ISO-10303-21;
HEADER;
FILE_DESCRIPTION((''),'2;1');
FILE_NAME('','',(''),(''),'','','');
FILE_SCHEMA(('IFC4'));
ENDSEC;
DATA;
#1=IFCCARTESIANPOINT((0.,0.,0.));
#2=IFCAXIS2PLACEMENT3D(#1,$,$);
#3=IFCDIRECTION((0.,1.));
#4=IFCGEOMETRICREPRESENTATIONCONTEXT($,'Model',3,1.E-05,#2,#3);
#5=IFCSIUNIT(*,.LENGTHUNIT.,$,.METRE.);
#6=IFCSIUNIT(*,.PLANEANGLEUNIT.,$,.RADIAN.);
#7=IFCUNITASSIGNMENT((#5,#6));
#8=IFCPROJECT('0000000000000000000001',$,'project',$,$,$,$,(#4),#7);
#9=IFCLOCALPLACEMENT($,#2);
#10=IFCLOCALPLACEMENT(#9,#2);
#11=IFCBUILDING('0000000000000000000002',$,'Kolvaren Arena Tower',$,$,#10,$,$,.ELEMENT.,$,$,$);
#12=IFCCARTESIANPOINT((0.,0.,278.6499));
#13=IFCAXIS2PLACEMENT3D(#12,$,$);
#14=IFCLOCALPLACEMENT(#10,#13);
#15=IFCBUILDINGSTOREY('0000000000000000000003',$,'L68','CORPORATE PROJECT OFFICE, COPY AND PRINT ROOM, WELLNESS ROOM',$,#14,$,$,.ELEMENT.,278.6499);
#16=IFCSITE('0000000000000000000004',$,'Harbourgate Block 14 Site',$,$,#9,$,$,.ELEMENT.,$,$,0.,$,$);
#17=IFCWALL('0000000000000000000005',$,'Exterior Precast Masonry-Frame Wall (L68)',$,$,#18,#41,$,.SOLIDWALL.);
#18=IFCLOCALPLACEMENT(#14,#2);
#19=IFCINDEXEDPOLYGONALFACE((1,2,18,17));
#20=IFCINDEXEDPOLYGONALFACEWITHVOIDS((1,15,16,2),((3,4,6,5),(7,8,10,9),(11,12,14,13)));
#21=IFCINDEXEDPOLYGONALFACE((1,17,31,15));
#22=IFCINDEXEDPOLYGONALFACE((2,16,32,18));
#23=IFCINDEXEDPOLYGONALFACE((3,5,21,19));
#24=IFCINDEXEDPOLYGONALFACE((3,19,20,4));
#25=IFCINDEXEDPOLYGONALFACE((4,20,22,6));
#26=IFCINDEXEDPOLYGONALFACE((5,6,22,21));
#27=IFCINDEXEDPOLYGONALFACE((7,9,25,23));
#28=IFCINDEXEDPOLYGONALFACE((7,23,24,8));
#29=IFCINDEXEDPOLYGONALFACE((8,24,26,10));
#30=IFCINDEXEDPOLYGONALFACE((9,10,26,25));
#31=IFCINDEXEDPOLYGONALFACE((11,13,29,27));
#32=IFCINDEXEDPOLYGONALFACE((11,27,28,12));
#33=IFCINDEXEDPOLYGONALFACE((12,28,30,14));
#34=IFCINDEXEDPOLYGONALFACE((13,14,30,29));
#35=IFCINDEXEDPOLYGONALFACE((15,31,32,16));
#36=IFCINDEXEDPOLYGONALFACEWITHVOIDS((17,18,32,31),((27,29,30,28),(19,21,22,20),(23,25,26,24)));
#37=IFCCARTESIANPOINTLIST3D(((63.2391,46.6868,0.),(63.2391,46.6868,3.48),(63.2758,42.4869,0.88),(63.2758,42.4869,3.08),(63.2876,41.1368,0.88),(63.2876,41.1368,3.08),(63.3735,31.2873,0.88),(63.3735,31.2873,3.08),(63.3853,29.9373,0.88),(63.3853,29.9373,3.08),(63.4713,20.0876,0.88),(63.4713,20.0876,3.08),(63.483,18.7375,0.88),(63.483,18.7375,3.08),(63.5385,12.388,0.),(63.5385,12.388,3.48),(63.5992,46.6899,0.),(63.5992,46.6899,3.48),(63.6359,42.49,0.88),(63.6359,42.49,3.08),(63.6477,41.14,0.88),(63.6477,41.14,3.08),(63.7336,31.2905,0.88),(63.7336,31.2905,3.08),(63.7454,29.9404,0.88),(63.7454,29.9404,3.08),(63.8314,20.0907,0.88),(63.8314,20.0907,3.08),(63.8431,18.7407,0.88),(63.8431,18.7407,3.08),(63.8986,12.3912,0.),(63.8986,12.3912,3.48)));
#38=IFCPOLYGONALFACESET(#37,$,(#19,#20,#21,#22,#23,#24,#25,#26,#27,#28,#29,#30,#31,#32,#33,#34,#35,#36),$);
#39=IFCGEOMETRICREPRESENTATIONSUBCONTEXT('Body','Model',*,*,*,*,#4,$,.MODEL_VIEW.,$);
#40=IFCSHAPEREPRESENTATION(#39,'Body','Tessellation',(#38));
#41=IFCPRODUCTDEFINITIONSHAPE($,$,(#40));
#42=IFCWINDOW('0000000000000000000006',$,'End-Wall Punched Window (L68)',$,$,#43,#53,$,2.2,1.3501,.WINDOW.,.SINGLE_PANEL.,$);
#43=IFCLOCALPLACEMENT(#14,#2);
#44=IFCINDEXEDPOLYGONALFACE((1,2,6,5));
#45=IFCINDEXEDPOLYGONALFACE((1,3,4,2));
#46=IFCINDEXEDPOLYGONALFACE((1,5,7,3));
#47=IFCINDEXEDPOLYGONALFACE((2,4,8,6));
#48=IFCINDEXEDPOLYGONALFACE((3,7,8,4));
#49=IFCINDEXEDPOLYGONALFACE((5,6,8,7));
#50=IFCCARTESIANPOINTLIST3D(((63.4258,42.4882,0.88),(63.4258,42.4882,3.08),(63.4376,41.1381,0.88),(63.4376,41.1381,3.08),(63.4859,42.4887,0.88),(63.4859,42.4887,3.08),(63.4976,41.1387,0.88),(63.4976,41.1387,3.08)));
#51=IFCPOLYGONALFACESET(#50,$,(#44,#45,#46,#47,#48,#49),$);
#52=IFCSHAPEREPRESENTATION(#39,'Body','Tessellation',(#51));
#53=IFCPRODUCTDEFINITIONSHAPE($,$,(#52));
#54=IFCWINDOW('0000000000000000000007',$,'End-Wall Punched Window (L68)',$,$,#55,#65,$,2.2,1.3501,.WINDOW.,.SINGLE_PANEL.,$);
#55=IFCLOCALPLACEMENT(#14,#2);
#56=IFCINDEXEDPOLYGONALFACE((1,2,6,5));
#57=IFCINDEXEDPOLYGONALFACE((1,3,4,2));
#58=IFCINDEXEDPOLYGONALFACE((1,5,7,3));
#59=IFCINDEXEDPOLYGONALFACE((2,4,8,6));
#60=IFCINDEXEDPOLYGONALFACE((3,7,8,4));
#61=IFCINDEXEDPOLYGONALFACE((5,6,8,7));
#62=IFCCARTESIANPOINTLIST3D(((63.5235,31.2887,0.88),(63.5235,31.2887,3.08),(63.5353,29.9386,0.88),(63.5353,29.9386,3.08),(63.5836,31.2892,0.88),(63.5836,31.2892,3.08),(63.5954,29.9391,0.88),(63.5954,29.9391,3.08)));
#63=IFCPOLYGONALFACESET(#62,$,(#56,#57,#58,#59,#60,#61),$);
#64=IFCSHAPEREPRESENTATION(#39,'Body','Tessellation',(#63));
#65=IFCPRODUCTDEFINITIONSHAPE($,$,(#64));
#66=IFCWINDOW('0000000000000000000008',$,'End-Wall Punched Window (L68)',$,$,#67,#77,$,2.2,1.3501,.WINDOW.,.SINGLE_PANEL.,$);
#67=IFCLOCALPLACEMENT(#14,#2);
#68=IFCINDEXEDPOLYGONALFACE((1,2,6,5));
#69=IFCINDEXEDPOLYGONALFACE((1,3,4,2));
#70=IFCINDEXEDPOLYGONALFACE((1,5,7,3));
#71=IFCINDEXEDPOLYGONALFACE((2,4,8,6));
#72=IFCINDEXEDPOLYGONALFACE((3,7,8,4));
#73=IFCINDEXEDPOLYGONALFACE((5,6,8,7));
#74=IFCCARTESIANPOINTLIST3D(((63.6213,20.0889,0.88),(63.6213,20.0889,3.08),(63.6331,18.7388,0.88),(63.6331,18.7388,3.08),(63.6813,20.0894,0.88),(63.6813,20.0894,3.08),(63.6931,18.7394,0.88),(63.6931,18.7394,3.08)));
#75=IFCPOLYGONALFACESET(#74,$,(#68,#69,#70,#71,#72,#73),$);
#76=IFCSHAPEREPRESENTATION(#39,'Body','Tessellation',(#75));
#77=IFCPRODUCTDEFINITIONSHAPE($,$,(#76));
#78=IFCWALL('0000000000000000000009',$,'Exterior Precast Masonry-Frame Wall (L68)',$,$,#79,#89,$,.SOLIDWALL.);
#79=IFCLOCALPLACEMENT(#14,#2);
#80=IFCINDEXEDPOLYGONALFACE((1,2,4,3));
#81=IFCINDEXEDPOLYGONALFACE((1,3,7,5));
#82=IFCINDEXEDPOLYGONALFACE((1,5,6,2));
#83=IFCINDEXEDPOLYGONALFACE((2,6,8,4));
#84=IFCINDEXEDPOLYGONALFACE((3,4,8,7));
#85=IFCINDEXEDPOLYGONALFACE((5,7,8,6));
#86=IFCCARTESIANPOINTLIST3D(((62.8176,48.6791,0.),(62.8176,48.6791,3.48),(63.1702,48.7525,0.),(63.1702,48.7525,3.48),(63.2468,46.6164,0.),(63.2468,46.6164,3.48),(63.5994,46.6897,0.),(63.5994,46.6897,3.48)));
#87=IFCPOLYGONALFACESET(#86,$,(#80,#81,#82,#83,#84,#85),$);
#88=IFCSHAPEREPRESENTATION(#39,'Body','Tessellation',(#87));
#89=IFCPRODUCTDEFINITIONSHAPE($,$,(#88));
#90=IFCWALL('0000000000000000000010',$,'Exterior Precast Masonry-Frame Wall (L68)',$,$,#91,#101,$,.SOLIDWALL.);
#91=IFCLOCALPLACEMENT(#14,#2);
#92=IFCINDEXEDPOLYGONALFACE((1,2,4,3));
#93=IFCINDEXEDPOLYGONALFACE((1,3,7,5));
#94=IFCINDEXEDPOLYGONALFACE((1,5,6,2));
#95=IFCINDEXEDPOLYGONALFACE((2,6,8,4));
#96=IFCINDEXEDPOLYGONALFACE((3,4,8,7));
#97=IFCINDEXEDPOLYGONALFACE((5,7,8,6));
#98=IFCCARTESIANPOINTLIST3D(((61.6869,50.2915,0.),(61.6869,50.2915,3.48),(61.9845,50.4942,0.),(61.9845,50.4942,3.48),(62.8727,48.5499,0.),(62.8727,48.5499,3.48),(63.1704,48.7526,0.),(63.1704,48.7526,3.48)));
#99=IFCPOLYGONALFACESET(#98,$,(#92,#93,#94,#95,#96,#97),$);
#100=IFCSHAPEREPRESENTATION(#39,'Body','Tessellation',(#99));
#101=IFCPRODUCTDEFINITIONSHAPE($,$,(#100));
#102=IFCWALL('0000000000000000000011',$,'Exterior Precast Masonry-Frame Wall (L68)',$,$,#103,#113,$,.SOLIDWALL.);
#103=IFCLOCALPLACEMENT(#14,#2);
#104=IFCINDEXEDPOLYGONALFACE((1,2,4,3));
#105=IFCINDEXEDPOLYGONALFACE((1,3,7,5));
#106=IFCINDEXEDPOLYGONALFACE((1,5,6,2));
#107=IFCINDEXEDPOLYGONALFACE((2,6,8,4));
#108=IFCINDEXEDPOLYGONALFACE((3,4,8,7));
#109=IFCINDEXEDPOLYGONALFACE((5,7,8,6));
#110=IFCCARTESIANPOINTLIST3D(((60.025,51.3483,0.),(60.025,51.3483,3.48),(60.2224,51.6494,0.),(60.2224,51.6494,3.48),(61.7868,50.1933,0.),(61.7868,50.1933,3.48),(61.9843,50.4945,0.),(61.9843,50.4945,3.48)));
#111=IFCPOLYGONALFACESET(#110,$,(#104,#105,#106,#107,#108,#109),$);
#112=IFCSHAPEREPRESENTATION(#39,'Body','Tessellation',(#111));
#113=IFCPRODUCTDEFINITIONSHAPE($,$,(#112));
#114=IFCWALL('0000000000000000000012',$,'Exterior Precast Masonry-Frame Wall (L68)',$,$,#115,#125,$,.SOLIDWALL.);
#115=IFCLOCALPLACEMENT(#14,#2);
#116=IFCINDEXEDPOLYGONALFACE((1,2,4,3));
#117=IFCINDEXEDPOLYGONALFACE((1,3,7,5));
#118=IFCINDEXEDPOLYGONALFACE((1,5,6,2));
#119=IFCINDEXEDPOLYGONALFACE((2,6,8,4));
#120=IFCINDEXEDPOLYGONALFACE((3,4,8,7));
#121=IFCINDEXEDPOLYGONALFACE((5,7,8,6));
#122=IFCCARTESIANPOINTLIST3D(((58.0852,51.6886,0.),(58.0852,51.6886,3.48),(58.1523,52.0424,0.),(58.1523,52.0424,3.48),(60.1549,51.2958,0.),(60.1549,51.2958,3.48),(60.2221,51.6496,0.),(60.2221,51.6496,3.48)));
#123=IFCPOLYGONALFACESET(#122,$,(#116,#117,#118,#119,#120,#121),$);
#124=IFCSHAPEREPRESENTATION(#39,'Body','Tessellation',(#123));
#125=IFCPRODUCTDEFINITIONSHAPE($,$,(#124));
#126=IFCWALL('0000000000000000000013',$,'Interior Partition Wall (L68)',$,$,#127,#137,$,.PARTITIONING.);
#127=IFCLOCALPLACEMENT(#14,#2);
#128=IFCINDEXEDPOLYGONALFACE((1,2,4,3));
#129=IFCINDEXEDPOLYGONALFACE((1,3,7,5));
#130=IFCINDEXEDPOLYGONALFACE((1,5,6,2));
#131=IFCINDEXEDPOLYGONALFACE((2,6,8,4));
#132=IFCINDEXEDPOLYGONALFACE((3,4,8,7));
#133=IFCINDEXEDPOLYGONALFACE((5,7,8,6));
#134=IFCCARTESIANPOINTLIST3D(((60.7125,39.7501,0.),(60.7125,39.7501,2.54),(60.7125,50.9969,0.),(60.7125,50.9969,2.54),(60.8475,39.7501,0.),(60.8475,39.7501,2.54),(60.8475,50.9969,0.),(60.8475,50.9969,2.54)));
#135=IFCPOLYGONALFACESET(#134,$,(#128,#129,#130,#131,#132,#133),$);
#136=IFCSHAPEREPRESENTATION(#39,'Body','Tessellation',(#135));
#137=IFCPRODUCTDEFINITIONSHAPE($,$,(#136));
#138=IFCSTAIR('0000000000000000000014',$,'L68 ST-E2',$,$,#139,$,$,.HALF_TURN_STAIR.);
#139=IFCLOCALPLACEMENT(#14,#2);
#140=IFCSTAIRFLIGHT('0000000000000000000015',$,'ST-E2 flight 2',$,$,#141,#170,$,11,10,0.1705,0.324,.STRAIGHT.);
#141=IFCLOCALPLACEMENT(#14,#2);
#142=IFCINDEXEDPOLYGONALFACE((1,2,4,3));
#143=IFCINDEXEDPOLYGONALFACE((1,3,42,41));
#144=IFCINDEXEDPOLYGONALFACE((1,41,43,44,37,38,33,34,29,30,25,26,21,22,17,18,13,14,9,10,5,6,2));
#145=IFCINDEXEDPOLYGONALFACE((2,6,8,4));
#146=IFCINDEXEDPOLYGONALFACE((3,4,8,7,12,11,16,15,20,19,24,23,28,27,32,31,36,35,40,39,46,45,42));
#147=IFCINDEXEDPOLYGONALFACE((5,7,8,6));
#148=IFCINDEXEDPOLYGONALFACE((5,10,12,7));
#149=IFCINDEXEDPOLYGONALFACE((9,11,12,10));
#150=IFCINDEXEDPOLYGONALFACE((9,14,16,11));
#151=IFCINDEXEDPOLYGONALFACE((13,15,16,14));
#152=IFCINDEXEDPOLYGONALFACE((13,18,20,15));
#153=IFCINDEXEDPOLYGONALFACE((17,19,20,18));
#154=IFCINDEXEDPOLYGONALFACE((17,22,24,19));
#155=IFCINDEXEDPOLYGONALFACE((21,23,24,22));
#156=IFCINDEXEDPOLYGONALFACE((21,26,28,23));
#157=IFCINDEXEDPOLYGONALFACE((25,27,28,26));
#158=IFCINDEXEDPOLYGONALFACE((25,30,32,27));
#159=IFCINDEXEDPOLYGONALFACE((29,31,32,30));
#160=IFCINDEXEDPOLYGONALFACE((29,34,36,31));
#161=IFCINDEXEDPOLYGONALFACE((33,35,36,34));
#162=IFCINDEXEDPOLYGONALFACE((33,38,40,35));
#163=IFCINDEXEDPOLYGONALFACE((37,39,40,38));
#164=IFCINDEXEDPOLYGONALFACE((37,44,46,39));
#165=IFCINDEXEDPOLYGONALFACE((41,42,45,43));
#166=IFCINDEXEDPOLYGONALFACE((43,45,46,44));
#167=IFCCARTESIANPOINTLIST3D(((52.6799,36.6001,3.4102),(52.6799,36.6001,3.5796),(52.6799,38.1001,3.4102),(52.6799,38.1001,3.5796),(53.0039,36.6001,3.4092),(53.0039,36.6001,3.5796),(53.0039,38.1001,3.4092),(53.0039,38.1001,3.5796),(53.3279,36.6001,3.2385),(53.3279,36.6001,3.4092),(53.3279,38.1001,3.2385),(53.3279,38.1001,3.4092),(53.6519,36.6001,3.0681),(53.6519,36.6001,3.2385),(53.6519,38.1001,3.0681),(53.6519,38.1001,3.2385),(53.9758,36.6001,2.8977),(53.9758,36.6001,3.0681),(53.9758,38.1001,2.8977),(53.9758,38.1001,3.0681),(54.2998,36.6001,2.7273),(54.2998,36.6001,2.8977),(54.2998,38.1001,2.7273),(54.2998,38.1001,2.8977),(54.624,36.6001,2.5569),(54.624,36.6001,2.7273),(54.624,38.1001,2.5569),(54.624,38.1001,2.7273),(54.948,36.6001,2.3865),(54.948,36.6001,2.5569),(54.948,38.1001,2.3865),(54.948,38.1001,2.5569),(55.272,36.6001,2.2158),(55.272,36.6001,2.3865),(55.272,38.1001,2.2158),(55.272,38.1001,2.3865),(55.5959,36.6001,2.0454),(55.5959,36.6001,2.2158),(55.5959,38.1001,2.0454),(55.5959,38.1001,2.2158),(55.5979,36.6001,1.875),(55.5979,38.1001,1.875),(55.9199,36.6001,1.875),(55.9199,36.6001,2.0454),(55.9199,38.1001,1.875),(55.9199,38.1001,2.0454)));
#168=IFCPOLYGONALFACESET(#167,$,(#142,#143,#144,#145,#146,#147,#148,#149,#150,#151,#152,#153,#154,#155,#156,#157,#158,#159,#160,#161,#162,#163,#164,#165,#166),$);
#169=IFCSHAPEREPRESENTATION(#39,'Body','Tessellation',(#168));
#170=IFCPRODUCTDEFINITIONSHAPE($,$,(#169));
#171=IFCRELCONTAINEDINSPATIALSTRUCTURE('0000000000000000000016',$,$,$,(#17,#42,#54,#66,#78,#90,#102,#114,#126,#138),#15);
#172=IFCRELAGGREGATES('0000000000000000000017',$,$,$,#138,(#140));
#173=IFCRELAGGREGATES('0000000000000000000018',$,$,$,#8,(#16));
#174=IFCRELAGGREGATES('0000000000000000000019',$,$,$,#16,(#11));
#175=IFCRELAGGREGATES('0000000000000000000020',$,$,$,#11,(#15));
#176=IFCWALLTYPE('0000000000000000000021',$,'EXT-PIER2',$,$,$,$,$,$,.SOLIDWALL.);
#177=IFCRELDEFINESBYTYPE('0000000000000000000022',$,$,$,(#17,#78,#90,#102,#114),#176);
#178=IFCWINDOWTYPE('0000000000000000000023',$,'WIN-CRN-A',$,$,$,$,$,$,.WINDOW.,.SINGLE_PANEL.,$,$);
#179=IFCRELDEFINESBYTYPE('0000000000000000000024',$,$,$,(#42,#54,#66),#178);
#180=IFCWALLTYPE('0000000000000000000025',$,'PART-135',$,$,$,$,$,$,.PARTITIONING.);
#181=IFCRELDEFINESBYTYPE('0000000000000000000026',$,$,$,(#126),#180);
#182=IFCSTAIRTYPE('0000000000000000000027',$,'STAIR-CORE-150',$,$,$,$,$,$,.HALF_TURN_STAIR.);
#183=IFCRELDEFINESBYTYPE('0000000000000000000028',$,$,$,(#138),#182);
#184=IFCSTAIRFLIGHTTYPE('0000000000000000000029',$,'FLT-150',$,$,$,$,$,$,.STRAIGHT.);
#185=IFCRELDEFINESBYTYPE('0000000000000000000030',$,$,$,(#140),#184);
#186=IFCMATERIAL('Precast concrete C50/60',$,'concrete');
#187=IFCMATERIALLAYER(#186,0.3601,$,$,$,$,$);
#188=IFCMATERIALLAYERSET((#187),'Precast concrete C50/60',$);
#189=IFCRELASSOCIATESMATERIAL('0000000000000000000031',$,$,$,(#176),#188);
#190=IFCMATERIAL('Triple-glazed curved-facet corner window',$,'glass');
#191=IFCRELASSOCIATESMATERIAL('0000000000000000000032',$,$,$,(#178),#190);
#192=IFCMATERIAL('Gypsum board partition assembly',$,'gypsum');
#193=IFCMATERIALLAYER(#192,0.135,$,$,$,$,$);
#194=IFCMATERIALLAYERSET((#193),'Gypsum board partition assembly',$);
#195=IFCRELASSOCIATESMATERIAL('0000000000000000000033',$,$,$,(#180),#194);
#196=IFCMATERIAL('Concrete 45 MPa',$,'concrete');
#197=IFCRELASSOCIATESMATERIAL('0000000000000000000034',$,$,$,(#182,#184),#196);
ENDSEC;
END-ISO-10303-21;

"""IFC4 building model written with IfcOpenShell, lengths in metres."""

from ifc_helpers import new_model, si_unit, direction, frame, frame_2d, origin, place, context, subcontext, project, spatial, polyline, rectangle, outline, extrude, material, layer, layer_set, type_object, element, fill, aggregate, save


model = new_model("IFC4")

# Units and contexts
model_context = context("Model", 3, precision=1e-05, world=origin(), true_north=direction((0.0, 1.0)))
body_context = subcontext(model_context, "Body", "Model", "MODEL_VIEW")
ifc_project = project(units=[si_unit("LENGTHUNIT", "METRE"), si_unit("PLANEANGLEUNIT", "RADIAN")], contexts=[model_context])

# Site, building, storey
site_placement = place(None, origin())
site = spatial("IfcSite", under=ifc_project, at=site_placement, Name="Harbourgate Block 14 Site", CompositionType="ELEMENT", RefElevation=0.0)
building_placement = place(site_placement, origin())
building = spatial("IfcBuilding", under=site, at=building_placement, Name="Kolvaren Arena Tower", CompositionType="ELEMENT")
storey_placement = place(building_placement, frame((0.0, 0.0, 278.6499)))
storey = spatial("IfcBuildingStorey", under=building, at=storey_placement, Name="L68", Description="CORPORATE PROJECT OFFICE, COPY AND PRINT ROOM, WELLNESS ROOM", CompositionType="ELEMENT", Elevation=278.6499)

# Shared definitions
ifc_material_1 = material(Name="Precast concrete C50/60", Category="concrete")

# Wall, openings, windows
ifc_layer_1 = layer(ifc_material_1, 0.3601)
ifc_layer_set_1 = layer_set([ifc_layer_1], Name="Precast concrete C50/60")
wall_type_1 = type_object("IfcWallType", Name="EXT-PIER2", PredefinedType="SOLIDWALL", material=ifc_layer_set_1)
wall_1_placement = place(storey_placement, frame((63.4192, 46.6882, 0.0), z_axis=(0.0, 0.0, 1.0), x_axis=(0.008726, -0.999962, 0.0)))
wall_1 = element("IfcWall", 1, at=wall_1_placement, inside=storey, type_object=wall_type_1, Name="Exterior Precast Masonry-Frame Wall (L68)", PredefinedType="SOLIDWALL", context=body_context, shape_type="SweptSolid", body=[
    extrude(rectangle(XDim=34.3, YDim=0.3601, at=frame_2d((17.1499, 0.0))), origin(), (0.0, 0.0, 1.0), 3.48),
])
opening_1_placement = place(wall_1_placement, frame((4.2, 0.0, 0.8799)))
opening_1 = element("IfcOpeningElement", 2, at=opening_1_placement, cuts=wall_1, PredefinedType="OPENING", context=body_context, shape_type="SweptSolid", body=[
    extrude(rectangle(XDim=1.3501, YDim=2.2, at=frame_2d((0.675, 1.1001))), frame((0.0, 0.1899, 0.0), z_axis=(0.0, -1.0, 0.0), x_axis=(1.0, 0.0, 0.0)), (0.0, 0.0, 1.0), 0.3801),
])
opening_2_placement = place(wall_1_placement, frame((15.3999, 0.0, 0.8799)))
opening_2 = element("IfcOpeningElement", 3, at=opening_2_placement, cuts=wall_1, PredefinedType="OPENING", context=body_context, shape_type="SweptSolid", body=[
    extrude(rectangle(XDim=1.3501, YDim=2.2, at=frame_2d((0.675, 1.1001))), frame((0.0, 0.1899, 0.0), z_axis=(0.0, -1.0, 0.0), x_axis=(1.0, 0.0, 0.0)), (0.0, 0.0, 1.0), 0.3801),
])
opening_3_placement = place(wall_1_placement, frame((26.6001, 0.0, 0.8799)))
opening_3 = element("IfcOpeningElement", 4, at=opening_3_placement, cuts=wall_1, PredefinedType="OPENING", context=body_context, shape_type="SweptSolid", body=[
    extrude(rectangle(XDim=1.3501, YDim=2.2, at=frame_2d((0.675, 1.1001))), frame((0.0, 0.1899, 0.0), z_axis=(0.0, -1.0, 0.0), x_axis=(1.0, 0.0, 0.0)), (0.0, 0.0, 1.0), 0.3801),
])
ifc_material_2 = material(Name="Triple-glazed curved-facet corner window", Category="glass")
window_type = type_object("IfcWindowType", Name="WIN-CRN-A", PartitioningType="SINGLE_PANEL", PredefinedType="WINDOW", material=ifc_material_2)
window_1_placement = place(opening_1_placement, origin())
window_1 = element("IfcWindow", 5, at=window_1_placement, inside=storey, type_object=window_type, Name="End-Wall Punched Window (L68)", OverallHeight=2.2, OverallWidth=1.3501, PartitioningType="SINGLE_PANEL", PredefinedType="WINDOW", context=body_context, shape_type="SweptSolid", body=[
    extrude(rectangle(XDim=1.3501, YDim=2.2, at=frame_2d((0.675, 1.1001))), frame((0.0, 0.03, 0.0), z_axis=(0.0, -1.0, 0.0), x_axis=(1.0, 0.0, 0.0)), (0.0, 0.0, 1.0), 0.0601),
])
fill(opening_1, window_1)
window_2_placement = place(opening_2_placement, origin())
window_2 = element("IfcWindow", 6, at=window_2_placement, inside=storey, type_object=window_type, Name="End-Wall Punched Window (L68)", OverallHeight=2.2, OverallWidth=1.3501, PartitioningType="SINGLE_PANEL", PredefinedType="WINDOW", context=body_context, shape_type="SweptSolid", body=[
    extrude(rectangle(XDim=1.3501, YDim=2.2, at=frame_2d((0.675, 1.1001))), frame((0.0, 0.03, 0.0), z_axis=(0.0, -1.0, 0.0), x_axis=(1.0, 0.0, 0.0)), (0.0, 0.0, 1.0), 0.0601),
])
fill(opening_2, window_2)
window_3_placement = place(opening_3_placement, origin())
window_3 = element("IfcWindow", 7, at=window_3_placement, inside=storey, type_object=window_type, Name="End-Wall Punched Window (L68)", OverallHeight=2.2, OverallWidth=1.3501, PartitioningType="SINGLE_PANEL", PredefinedType="WINDOW", context=body_context, shape_type="SweptSolid", body=[
    extrude(rectangle(XDim=1.3501, YDim=2.2, at=frame_2d((0.675, 1.1001))), frame((0.0, 0.03, 0.0), z_axis=(0.0, -1.0, 0.0), x_axis=(1.0, 0.0, 0.0)), (0.0, 0.0, 1.0), 0.0601),
])
fill(opening_3, window_3)

# Walls
for number, where, z_axis, x_axis, name in (
    (8, (62.9939, 48.7158, 0.0), (0.0, 0.0, 1.0), (0.203709, -0.979031, 0.0), "Exterior Precast Masonry-Frame Wall (L68)"),
    (9, (61.8357, 50.3928, 0.0), (0.0, 0.0, 1.0), (0.56283, -0.826573, 0.0), "Exterior Precast Masonry-Frame Wall (L68)"),
):
    element("IfcWall", number, at=place(storey_placement, frame(where, z_axis=z_axis, x_axis=x_axis)), inside=storey, type_object=wall_type_1, Name=name, PredefinedType="SOLIDWALL", context=body_context, shape_type="SweptSolid", body=[
        extrude(rectangle(XDim=2.1069, YDim=0.3601, at=frame_2d((1.0535, 0.0))), origin(), (0.0, 0.0, 1.0), 3.48),
    ])
for number, where, z_axis, x_axis, name in (
    (10, (60.1238, 51.4988, 0.0), (0.0, 0.0, 1.0), (0.836322, -0.548239, 0.0), "Exterior Precast Masonry-Frame Wall (L68)"),
    (11, (58.1189, 51.8655, 0.0), (0.0, 0.0, 1.0), (0.982463, -0.186457, 0.0), "Exterior Precast Masonry-Frame Wall (L68)"),
):
    element("IfcWall", number, at=place(storey_placement, frame(where, z_axis=z_axis, x_axis=x_axis)), inside=storey, type_object=wall_type_1, Name=name, PredefinedType="SOLIDWALL", context=body_context, shape_type="SweptSolid", body=[
        extrude(rectangle(XDim=2.1067, YDim=0.3601, at=frame_2d((1.0532, 0.0))), origin(), (0.0, 0.0, 1.0), 3.48),
    ])
ifc_material_3 = material(Name="Gypsum board partition assembly", Category="gypsum")
ifc_layer_2 = layer(ifc_material_3, 0.135)
ifc_layer_set_2 = layer_set([ifc_layer_2], Name="Gypsum board partition assembly")
wall_type_2 = type_object("IfcWallType", Name="PART-135", PredefinedType="PARTITIONING", material=ifc_layer_set_2)
wall_2_placement = place(storey_placement, frame((60.78, 39.75, 0.0), z_axis=(0.0, 0.0, 1.0), x_axis=(0.0, 1.0, 0.0)))
element("IfcWall", 12, at=wall_2_placement, inside=storey, type_object=wall_type_2, Name="Interior Partition Wall (L68)", PredefinedType="PARTITIONING", context=body_context, shape_type="SweptSolid", body=[
    extrude(rectangle(XDim=11.2468, YDim=0.135, at=frame_2d((5.6235, 0.0))), origin(), (0.0, 0.0, 1.0), 2.54),
])

# Stair, stair flight
ifc_material_4 = material(Name="Concrete 45 MPa", Category="concrete")
stair_type = type_object("IfcStairType", Name="STAIR-CORE-150", PredefinedType="HALF_TURN_STAIR", material=ifc_material_4)
stair_placement = place(storey_placement, origin())
stair = element("IfcStair", 13, at=stair_placement, inside=storey, type_object=stair_type, Name="L68 ST-E2", PredefinedType="HALF_TURN_STAIR")
stair_flight_type = type_object("IfcStairFlightType", Name="FLT-150", PredefinedType="STRAIGHT", material=ifc_material_4)
stair_flight_placement = place(storey_placement, frame((55.9199, 37.3501, 1.875), z_axis=(0.0, 0.0, 1.0), x_axis=(-1.0, 0.0, 0.0)))
stair_flight = element("IfcStairFlight", 14, at=stair_flight_placement, type_object=stair_flight_type, Name="ST-E2 flight 2", NumberOfRisers=11, NumberOfTreads=10, PredefinedType="STRAIGHT", RiserHeight=0.1705, TreadLength=0.324, context=body_context, shape_type="SweptSolid", body=[
    extrude(outline(polyline([(0.0, 0.0), (0.0, 0.1704), (0.324, 0.1704), (0.324, 0.3408), (0.6479, 0.3408), (0.6479, 0.5115), (0.9719, 0.5115), (0.9719, 0.6819), (1.2959, 0.6819), (1.2959, 0.8523), (1.6201, 0.8523), (1.6201, 1.0227), (1.9441, 1.0227), (1.9441, 1.1931), (2.2681, 1.1931), (2.2681, 1.3635), (2.592, 1.3635), (2.592, 1.5342), (2.916, 1.5342), (2.916, 1.7046), (3.24, 1.7046), (3.24, 1.875), (3.24, 1.5352), (0.322, 0.0), (0.0, 0.0)])), frame((0.0, 0.75, 0.0), z_axis=(0.0, -1.0, 0.0), x_axis=(1.0, 0.0, 0.0)), (0.0, 0.0, 1.0), 1.5),
])
aggregate(stair, [stair_flight])

save(model, "model.ifc")
